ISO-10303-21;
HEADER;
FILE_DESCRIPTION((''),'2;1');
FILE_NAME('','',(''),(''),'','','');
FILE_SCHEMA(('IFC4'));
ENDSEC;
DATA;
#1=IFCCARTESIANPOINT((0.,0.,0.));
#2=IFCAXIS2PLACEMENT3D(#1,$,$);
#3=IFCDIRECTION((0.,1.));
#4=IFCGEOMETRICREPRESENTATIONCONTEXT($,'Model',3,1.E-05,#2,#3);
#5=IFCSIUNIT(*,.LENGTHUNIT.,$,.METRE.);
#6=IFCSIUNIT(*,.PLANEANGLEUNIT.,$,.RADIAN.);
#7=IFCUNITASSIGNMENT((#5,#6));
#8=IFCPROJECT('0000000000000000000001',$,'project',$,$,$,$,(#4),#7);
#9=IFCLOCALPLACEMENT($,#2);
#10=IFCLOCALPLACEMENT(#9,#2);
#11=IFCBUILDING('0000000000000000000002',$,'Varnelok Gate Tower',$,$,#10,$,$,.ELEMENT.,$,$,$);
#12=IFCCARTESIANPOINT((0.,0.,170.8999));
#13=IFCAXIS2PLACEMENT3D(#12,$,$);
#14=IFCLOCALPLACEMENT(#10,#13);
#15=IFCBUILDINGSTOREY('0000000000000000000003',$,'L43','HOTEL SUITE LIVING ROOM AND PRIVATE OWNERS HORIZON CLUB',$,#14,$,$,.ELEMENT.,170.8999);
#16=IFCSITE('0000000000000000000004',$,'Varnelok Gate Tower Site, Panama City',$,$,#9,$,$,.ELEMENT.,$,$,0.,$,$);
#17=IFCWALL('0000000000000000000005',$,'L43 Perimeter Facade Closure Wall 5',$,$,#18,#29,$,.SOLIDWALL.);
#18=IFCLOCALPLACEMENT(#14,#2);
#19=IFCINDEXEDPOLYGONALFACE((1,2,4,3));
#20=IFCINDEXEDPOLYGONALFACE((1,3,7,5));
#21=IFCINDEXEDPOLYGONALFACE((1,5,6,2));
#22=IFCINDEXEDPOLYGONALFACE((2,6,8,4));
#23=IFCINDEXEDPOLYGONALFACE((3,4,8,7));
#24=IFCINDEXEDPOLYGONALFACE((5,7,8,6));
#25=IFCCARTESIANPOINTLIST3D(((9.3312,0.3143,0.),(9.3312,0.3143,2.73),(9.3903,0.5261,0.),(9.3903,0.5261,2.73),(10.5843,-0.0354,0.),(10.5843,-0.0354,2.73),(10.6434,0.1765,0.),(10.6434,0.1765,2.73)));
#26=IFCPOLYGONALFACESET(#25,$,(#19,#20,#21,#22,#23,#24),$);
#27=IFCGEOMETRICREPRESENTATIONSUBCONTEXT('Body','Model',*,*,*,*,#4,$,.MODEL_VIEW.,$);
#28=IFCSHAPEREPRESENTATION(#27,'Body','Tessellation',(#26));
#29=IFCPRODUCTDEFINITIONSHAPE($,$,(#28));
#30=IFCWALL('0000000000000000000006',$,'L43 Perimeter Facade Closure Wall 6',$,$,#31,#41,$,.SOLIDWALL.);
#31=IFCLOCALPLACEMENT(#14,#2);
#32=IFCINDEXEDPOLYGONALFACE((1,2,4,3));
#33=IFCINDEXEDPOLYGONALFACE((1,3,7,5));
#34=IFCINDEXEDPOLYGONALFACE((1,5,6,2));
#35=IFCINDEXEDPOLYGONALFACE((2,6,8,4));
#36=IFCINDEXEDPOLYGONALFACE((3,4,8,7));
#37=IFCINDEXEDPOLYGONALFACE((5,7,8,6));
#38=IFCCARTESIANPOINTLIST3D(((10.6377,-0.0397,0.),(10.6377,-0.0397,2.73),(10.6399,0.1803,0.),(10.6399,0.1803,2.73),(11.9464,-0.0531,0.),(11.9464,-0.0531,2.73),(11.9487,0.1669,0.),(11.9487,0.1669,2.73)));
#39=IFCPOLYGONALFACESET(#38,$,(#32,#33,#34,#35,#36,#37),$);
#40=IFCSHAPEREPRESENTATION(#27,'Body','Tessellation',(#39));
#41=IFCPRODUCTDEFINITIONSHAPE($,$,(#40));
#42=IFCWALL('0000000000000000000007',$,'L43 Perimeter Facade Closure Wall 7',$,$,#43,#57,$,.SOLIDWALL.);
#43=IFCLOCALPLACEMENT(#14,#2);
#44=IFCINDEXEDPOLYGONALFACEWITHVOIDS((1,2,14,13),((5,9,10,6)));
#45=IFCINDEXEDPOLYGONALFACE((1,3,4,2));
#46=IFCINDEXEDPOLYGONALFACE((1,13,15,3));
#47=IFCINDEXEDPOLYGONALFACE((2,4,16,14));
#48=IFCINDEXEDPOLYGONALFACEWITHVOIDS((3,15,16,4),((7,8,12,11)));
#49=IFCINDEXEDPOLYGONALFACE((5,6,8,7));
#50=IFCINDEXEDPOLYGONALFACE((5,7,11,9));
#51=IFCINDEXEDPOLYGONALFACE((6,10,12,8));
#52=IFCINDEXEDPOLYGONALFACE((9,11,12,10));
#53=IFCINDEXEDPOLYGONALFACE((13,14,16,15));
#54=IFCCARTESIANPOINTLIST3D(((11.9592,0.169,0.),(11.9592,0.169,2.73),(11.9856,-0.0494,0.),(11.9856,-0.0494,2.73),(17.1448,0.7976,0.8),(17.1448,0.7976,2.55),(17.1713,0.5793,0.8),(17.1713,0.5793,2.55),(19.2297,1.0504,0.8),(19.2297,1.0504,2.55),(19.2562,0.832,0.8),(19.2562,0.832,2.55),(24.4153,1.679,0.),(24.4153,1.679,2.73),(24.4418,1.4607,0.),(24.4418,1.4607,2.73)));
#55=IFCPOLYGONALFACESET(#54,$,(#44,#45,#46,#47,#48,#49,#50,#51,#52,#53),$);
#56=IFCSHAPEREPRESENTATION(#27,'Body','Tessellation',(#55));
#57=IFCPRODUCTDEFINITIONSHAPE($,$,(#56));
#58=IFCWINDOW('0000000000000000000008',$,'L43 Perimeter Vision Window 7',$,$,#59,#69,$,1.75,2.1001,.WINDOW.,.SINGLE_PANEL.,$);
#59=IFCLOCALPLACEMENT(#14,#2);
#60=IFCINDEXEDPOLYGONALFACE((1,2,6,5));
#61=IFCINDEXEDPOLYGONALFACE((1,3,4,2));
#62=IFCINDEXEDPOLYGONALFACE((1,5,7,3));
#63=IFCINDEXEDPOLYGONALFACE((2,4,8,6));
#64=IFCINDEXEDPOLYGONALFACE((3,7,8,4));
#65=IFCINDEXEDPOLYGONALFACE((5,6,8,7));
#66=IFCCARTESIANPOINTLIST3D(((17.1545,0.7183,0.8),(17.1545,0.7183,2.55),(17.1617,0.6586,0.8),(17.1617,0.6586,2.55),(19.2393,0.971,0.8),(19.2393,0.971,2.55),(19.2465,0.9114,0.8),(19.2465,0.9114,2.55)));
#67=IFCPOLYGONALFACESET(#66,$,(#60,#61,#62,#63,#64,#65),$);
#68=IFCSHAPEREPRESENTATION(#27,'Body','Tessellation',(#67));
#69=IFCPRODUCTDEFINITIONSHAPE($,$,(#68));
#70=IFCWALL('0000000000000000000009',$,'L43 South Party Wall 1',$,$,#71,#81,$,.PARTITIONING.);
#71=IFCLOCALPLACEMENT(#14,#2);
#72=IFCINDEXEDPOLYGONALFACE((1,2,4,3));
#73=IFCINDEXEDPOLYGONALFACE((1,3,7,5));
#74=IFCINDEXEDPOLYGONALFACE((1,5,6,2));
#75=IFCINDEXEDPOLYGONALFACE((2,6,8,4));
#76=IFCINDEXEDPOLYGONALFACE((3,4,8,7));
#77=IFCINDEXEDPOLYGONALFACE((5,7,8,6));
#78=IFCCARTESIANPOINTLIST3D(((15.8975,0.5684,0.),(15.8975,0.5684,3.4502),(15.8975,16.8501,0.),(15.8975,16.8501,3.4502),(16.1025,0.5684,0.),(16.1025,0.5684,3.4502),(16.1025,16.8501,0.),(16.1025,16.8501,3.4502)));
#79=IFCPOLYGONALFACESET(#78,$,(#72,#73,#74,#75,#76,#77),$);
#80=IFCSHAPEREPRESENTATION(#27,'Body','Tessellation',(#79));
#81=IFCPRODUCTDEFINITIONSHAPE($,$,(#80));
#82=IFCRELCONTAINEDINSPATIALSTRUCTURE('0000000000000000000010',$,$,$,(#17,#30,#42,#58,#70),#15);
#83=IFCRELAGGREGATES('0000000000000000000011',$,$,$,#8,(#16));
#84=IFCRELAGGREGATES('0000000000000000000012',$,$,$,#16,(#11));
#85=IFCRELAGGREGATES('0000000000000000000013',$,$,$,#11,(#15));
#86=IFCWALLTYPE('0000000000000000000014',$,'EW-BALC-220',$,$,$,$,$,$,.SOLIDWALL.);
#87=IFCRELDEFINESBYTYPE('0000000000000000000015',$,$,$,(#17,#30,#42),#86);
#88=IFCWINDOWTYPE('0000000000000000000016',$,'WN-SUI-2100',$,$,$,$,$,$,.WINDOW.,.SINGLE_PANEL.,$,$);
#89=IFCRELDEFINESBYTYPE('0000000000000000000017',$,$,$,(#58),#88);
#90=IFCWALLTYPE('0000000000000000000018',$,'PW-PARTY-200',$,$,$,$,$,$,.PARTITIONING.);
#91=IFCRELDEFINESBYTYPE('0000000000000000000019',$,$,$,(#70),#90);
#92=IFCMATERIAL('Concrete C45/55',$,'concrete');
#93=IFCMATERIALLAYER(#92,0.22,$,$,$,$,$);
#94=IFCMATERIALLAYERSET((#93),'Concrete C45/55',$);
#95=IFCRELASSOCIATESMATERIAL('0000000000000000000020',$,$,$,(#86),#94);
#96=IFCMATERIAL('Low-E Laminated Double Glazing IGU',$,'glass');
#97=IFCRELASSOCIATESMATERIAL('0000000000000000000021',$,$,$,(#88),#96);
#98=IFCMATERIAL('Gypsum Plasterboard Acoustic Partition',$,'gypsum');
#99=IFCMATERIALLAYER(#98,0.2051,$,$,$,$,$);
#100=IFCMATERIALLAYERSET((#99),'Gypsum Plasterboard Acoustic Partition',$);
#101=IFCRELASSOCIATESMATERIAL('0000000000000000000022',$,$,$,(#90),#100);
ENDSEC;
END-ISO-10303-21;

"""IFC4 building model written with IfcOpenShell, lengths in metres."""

from ifc_helpers import new_model, si_unit, direction, frame, frame_2d, origin, place, context, subcontext, project, spatial, rectangle, extrude, material, layer, layer_set, type_object, element, fill, save


model = new_model("IFC4")

# Units and contexts
model_context = context("Model", 3, precision=1e-05, world=origin(), true_north=direction((0.0, 1.0)))
body_context = subcontext(model_context, "Body", "Model", "MODEL_VIEW")
ifc_project = project(units=[si_unit("LENGTHUNIT", "METRE"), si_unit("PLANEANGLEUNIT", "RADIAN")], contexts=[model_context])

# Site, building, storey
site_placement = place(None, origin())
site = spatial("IfcSite", under=ifc_project, at=site_placement, Name="Varnelok Gate Tower Site, Panama City", CompositionType="ELEMENT", RefElevation=0.0)
building_placement = place(site_placement, origin())
building = spatial("IfcBuilding", under=site, at=building_placement, Name="Varnelok Gate Tower", CompositionType="ELEMENT")
storey_placement = place(building_placement, frame((0.0, 0.0, 170.8999)))
storey = spatial("IfcBuildingStorey", under=building, at=storey_placement, Name="L43", Description="HOTEL SUITE LIVING ROOM AND PRIVATE OWNERS HORIZON CLUB", CompositionType="ELEMENT", Elevation=170.8999)

# Shared definitions
ifc_material_1 = material(Name="Concrete C45/55", Category="concrete")

# Shared definitions
ifc_material_2 = material(Name="Low-E Laminated Double Glazing IGU", Category="glass")

# Walls
ifc_layer_1 = layer(ifc_material_1, 0.22)
ifc_layer_set_1 = layer_set([ifc_layer_1], Name="Concrete C45/55")
wall_type_1 = type_object("IfcWallType", Name="EW-BALC-220", PredefinedType="SOLIDWALL", material=ifc_layer_set_1)
wall_1_placement = place(storey_placement, frame((9.3608, 0.4202, 0.0), z_axis=(0.0, 0.0, 1.0), x_axis=(0.963219, -0.268718, 0.0)))
element("IfcWall", 1, at=wall_1_placement, inside=storey, type_object=wall_type_1, Name="L43 Perimeter Facade Closure Wall 5", PredefinedType="SOLIDWALL", context=body_context, shape_type="SweptSolid", body=[
    extrude(rectangle(XDim=1.301, YDim=0.22, at=frame_2d((0.6504, 0.0))), origin(), (0.0, 0.0, 1.0), 2.73),
])
wall_2_placement = place(storey_placement, frame((10.6389, 0.0703, 0.0), z_axis=(0.0, 0.0, 1.0), x_axis=(0.999947, -0.010259, 0.0)))
element("IfcWall", 2, at=wall_2_placement, inside=storey, type_object=wall_type_1, Name="L43 Perimeter Facade Closure Wall 6", PredefinedType="SOLIDWALL", context=body_context, shape_type="SweptSolid", body=[
    extrude(rectangle(XDim=1.3088, YDim=0.22, at=frame_2d((0.6543, 0.0))), origin(), (0.0, 0.0, 1.0), 2.73),
])

# Wall, opening, window
wall_3_placement = place(storey_placement, frame((11.9724, 0.0598, 0.0), z_axis=(0.0, 0.0, 1.0), x_axis=(0.992732, 0.120346, 0.0)))
wall_3 = element("IfcWall", 3, at=wall_3_placement, inside=storey, type_object=wall_type_1, Name="L43 Perimeter Facade Closure Wall 7", PredefinedType="SOLIDWALL", context=body_context, shape_type="SweptSolid", body=[
    extrude(rectangle(XDim=12.5474, YDim=0.22, at=frame_2d((6.2737, 0.0))), origin(), (0.0, 0.0, 1.0), 2.73),
])
opening_placement = place(wall_3_placement, frame((5.2236, 0.0, 0.8)))
opening = element("IfcOpeningElement", 4, at=opening_placement, cuts=wall_3, PredefinedType="OPENING", context=body_context, shape_type="SweptSolid", body=[
    extrude(rectangle(XDim=2.1001, YDim=1.75, at=frame_2d((1.05, 0.875))), frame((0.0, 0.1199, 0.0), z_axis=(0.0, -1.0, 0.0), x_axis=(1.0, 0.0, 0.0)), (0.0, 0.0, 1.0), 0.24),
])
window_type = type_object("IfcWindowType", Name="WN-SUI-2100", PartitioningType="SINGLE_PANEL", PredefinedType="WINDOW", material=ifc_material_2)
window_placement = place(opening_placement, origin())
window = element("IfcWindow", 5, at=window_placement, inside=storey, type_object=window_type, Name="L43 Perimeter Vision Window 7", OverallHeight=1.75, OverallWidth=2.1001, PartitioningType="SINGLE_PANEL", PredefinedType="WINDOW", context=body_context, shape_type="SweptSolid", body=[
    extrude(rectangle(XDim=2.1001, YDim=1.75, at=frame_2d((1.05, 0.875))), frame((0.0, 0.03, 0.0), z_axis=(0.0, -1.0, 0.0), x_axis=(1.0, 0.0, 0.0)), (0.0, 0.0, 1.0), 0.0601),
])
fill(opening, window)

# Wall
ifc_material_3 = material(Name="Gypsum Plasterboard Acoustic Partition", Category="gypsum")
ifc_layer_2 = layer(ifc_material_3, 0.2051)
ifc_layer_set_2 = layer_set([ifc_layer_2], Name="Gypsum Plasterboard Acoustic Partition")
wall_type_2 = type_object("IfcWallType", Name="PW-PARTY-200", PredefinedType="PARTITIONING", material=ifc_layer_set_2)
wall_4_placement = place(storey_placement, frame((16.0, 0.5684, 0.0), z_axis=(0.0, 0.0, 1.0), x_axis=(0.0, 1.0, 0.0)))
element("IfcWall", 6, at=wall_4_placement, inside=storey, type_object=wall_type_2, Name="L43 South Party Wall 1", PredefinedType="PARTITIONING", context=body_context, shape_type="SweptSolid", body=[
    extrude(rectangle(XDim=16.2817, YDim=0.2051, at=frame_2d((8.1409, 0.0))), origin(), (0.0, 0.0, 1.0), 3.4502),
])

save(model, "model.ifc")
